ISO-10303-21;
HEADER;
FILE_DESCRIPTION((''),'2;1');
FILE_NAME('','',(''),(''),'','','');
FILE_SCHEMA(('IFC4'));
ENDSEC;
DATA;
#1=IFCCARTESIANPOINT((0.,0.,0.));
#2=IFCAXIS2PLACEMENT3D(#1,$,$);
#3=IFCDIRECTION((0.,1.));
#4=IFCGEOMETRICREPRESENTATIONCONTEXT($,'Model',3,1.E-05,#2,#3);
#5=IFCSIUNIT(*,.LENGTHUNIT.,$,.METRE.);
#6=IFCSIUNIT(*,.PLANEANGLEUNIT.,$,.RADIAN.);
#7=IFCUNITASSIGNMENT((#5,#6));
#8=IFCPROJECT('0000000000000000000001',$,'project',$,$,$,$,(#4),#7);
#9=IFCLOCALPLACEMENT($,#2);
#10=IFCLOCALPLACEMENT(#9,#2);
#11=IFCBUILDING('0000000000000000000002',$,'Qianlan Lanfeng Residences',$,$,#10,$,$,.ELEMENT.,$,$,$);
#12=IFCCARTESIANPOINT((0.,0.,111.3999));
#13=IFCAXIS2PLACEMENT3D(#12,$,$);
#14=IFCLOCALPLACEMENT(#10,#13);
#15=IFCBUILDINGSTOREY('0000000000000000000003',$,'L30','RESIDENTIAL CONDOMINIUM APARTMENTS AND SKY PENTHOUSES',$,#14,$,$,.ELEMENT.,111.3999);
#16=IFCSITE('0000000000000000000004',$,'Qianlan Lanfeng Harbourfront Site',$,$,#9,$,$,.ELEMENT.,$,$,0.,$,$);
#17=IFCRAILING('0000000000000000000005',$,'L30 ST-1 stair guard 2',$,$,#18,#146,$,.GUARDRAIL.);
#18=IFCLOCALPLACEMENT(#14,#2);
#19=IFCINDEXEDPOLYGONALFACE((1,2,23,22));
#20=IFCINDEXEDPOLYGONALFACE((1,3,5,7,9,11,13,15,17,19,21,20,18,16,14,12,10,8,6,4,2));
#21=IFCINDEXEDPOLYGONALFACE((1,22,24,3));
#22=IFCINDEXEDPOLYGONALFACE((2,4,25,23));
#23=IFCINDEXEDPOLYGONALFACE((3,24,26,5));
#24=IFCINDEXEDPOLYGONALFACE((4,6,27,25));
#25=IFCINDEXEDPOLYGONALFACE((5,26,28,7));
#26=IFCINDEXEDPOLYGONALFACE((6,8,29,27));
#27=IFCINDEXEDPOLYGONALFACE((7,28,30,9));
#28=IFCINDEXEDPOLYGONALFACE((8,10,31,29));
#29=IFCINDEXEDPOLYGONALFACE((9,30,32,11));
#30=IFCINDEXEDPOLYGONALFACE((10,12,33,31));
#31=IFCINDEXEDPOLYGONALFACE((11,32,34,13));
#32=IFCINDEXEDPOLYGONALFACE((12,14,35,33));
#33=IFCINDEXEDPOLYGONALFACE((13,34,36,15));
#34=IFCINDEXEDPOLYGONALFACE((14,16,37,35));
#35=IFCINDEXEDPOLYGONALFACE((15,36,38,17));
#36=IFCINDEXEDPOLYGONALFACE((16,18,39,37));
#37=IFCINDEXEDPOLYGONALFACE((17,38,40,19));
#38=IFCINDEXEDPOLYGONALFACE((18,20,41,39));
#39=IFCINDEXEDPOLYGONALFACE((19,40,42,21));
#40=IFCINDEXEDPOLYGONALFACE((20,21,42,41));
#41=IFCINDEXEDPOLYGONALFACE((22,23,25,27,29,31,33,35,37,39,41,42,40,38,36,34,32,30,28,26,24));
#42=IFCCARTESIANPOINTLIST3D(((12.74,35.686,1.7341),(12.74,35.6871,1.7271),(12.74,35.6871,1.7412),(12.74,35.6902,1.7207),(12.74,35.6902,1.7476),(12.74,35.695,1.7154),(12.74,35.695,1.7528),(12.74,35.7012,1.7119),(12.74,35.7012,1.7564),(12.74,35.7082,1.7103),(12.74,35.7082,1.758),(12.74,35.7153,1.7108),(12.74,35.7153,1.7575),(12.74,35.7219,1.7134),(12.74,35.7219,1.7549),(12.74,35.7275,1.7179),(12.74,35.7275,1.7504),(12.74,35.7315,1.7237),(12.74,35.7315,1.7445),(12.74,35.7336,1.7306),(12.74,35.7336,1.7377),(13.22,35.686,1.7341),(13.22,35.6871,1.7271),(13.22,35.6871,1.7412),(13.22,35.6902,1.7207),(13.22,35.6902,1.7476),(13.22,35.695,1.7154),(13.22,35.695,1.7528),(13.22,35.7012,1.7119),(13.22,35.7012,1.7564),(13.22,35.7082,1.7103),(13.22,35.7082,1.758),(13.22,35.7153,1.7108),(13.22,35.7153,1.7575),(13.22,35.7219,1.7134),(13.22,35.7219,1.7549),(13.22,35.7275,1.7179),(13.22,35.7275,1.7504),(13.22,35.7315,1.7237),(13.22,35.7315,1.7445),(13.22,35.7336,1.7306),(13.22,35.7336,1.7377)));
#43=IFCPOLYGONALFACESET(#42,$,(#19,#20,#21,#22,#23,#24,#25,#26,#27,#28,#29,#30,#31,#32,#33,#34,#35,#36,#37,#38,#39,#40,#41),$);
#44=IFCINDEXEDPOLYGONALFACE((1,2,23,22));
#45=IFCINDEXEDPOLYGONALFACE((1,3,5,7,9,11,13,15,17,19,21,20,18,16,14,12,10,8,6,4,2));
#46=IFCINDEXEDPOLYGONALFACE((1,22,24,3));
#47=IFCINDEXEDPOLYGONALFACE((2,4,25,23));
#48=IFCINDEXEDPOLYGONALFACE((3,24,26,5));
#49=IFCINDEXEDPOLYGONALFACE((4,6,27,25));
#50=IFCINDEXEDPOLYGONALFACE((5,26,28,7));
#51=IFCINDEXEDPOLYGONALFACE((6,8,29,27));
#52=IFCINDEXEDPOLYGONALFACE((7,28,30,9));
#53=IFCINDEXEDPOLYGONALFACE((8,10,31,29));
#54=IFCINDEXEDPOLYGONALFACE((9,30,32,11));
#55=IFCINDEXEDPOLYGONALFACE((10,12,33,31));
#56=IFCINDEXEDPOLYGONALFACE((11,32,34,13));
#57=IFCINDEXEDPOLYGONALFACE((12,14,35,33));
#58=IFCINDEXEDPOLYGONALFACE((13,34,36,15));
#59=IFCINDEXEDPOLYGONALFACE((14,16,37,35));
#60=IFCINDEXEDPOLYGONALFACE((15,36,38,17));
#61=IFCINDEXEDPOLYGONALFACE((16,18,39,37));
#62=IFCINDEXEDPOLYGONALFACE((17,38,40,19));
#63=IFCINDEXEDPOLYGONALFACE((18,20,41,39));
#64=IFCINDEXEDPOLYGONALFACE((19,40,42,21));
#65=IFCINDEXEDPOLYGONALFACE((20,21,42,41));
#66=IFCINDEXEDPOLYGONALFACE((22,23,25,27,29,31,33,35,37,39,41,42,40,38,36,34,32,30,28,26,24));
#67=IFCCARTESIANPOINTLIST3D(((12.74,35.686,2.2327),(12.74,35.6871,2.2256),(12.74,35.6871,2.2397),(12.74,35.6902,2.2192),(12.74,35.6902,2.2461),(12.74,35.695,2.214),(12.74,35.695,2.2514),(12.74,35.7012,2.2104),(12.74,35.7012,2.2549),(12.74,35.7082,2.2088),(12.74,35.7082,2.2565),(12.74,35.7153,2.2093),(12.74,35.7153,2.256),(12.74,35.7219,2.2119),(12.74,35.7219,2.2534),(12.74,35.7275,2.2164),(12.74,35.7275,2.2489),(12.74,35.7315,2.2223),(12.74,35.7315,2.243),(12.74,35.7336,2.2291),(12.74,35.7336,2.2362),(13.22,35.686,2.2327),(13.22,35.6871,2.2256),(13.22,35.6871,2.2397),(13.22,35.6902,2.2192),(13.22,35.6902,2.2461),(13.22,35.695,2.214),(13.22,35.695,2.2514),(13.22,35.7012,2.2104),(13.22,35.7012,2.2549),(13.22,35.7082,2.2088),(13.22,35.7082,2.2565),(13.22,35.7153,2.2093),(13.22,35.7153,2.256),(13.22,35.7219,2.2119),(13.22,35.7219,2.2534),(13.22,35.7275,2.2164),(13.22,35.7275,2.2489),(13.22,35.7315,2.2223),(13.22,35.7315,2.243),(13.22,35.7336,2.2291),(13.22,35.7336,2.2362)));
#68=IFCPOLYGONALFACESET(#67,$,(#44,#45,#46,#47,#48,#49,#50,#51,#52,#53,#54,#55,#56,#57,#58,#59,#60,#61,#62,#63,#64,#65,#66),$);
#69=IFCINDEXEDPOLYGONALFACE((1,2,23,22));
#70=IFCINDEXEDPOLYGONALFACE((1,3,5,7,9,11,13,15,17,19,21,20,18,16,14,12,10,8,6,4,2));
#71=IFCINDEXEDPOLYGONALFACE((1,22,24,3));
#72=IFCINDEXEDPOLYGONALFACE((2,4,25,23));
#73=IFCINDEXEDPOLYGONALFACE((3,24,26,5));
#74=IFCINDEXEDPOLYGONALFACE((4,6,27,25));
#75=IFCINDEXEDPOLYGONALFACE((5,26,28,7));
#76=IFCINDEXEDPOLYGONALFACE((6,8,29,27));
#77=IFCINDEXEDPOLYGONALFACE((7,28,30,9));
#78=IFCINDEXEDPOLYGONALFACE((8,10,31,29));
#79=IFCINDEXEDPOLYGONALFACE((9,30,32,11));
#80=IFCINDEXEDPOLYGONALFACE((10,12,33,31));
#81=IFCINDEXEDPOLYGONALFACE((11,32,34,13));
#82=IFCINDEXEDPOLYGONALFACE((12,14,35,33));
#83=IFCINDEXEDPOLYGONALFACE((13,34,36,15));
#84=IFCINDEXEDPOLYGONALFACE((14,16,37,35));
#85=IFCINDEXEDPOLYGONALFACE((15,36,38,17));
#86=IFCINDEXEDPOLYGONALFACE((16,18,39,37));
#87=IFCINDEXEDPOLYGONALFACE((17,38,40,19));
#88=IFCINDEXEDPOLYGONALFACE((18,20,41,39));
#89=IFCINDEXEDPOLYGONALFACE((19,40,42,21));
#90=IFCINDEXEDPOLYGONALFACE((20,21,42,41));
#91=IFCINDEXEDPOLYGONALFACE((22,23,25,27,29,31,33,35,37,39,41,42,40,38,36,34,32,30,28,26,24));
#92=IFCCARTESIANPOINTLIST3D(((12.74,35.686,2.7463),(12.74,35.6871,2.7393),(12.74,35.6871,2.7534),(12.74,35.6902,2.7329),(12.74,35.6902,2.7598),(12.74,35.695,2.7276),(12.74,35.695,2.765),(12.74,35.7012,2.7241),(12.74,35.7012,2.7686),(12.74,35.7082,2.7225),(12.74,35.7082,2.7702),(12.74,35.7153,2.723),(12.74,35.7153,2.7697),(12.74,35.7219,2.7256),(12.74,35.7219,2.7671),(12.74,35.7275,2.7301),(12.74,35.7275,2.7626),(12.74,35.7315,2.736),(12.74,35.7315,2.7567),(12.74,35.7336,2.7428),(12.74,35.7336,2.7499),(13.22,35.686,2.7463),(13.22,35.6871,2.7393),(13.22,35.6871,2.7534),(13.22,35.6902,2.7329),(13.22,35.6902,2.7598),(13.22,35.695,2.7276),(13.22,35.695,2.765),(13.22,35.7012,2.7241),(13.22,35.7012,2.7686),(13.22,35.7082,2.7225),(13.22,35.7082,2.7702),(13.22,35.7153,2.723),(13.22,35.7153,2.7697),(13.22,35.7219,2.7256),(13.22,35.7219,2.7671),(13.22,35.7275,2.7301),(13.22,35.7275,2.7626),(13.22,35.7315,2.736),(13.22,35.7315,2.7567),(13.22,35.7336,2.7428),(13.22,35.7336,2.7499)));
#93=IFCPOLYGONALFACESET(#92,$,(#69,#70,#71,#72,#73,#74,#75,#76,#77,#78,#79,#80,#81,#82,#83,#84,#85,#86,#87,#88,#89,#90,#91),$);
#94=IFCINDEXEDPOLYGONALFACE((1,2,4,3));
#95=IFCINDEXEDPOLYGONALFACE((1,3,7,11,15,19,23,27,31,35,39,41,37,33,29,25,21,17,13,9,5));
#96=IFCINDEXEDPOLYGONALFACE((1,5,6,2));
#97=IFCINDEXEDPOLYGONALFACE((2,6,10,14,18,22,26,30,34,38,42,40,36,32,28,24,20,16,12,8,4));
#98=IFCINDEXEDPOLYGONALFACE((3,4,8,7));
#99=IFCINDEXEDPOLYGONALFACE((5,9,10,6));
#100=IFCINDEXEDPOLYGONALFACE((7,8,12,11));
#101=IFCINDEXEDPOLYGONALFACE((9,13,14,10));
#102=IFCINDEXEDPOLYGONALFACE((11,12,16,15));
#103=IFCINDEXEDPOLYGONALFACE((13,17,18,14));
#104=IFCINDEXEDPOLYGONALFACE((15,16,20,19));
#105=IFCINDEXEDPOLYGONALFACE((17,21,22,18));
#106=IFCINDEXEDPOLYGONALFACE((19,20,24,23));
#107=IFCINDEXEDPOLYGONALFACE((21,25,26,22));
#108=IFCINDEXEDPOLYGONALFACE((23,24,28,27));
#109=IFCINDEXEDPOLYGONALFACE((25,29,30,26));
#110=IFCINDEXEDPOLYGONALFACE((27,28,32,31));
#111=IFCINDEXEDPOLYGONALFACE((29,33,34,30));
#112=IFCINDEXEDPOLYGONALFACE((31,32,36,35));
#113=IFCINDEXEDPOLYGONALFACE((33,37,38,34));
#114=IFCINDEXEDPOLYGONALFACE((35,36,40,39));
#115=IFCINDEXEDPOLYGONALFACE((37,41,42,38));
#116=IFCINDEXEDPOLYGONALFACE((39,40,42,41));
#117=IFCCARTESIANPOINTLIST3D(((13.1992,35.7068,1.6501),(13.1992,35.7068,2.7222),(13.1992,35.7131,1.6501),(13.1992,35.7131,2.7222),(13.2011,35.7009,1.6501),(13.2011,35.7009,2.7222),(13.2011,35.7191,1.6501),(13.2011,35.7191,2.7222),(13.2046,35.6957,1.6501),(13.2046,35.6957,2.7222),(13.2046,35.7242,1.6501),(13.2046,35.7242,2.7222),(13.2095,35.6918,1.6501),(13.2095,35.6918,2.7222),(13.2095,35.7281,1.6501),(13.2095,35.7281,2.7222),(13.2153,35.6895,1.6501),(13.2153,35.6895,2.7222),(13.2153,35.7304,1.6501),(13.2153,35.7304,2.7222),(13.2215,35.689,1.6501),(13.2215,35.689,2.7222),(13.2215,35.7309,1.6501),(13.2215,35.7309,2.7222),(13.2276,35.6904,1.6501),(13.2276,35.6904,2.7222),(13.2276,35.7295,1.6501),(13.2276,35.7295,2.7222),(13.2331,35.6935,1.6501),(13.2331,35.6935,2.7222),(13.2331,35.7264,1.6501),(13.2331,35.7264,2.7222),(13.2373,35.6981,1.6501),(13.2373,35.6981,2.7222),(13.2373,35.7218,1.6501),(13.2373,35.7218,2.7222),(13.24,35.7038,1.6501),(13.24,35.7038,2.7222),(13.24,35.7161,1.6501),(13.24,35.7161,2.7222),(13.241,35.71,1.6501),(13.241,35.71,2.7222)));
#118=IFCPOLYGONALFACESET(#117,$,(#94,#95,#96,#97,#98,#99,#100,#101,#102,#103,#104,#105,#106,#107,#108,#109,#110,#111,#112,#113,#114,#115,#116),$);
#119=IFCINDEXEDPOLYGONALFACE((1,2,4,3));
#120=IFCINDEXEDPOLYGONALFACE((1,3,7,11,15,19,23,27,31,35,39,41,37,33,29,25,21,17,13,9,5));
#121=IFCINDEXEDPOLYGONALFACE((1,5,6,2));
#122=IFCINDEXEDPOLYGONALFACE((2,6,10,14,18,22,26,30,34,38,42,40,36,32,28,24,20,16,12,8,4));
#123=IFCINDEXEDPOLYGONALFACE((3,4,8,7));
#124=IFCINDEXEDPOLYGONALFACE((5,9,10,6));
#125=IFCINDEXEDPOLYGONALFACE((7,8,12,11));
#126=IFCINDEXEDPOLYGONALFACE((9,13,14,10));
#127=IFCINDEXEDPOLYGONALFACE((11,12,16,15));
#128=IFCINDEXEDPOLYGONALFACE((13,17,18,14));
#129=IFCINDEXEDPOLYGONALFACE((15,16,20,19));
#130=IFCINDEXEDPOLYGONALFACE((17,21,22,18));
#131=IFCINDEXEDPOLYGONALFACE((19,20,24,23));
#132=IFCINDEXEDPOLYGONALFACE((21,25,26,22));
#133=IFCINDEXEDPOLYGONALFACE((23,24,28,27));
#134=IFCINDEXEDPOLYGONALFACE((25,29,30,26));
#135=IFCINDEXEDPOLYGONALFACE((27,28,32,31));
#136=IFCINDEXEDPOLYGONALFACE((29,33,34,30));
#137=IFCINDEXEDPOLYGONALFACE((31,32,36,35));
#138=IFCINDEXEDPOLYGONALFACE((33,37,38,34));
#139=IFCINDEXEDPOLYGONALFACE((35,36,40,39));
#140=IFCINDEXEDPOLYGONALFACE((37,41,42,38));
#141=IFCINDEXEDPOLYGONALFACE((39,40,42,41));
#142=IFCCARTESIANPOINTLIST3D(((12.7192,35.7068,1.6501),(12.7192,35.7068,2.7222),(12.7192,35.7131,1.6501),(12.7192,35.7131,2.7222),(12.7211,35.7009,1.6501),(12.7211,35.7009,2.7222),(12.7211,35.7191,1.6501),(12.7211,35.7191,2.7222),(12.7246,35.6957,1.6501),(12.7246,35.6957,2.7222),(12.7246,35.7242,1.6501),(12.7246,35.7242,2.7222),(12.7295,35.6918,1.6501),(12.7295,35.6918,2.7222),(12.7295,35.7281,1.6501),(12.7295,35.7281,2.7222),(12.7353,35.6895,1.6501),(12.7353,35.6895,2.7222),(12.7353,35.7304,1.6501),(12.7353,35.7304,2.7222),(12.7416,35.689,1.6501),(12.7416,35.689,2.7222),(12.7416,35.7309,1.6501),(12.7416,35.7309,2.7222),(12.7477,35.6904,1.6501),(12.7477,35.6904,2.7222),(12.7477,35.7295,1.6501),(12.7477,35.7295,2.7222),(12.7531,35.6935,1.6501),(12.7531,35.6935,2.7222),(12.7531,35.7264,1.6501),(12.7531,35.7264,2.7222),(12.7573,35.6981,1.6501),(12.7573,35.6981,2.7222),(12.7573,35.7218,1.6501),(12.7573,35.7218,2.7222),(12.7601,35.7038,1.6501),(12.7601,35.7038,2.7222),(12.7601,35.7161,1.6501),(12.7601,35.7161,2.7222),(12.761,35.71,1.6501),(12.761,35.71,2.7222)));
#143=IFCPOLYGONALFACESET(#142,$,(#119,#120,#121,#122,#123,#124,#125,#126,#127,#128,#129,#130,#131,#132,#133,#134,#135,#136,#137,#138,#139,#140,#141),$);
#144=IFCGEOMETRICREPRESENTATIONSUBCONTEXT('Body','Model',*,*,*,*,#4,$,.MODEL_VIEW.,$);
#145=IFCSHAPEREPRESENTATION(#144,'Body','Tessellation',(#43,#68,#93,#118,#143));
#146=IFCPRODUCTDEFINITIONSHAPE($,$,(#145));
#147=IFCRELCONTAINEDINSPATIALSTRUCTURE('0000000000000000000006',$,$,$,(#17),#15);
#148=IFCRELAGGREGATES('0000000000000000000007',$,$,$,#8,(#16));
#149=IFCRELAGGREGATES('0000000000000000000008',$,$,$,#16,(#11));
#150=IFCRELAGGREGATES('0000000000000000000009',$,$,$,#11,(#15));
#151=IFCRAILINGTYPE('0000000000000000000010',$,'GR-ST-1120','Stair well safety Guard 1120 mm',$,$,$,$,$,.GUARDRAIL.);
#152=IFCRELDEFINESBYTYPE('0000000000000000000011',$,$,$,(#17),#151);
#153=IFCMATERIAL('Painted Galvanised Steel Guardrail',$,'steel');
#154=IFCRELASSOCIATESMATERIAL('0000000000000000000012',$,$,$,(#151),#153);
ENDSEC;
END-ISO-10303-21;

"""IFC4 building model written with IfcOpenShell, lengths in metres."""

from ifc_helpers import new_model, si_unit, direction, frame, origin, origin_2d, place, context, subcontext, project, spatial, circle, extrude, material, type_object, element, save


model = new_model("IFC4")

# Units and contexts
model_context = context("Model", 3, precision=1e-05, world=origin(), true_north=direction((0.0, 1.0)))
body_context = subcontext(model_context, "Body", "Model", "MODEL_VIEW")
ifc_project = project(units=[si_unit("LENGTHUNIT", "METRE"), si_unit("PLANEANGLEUNIT", "RADIAN")], contexts=[model_context])

# Site, building, storey
site_placement = place(None, origin())
site = spatial("IfcSite", under=ifc_project, at=site_placement, Name="Qianlan Lanfeng Harbourfront Site", CompositionType="ELEMENT", RefElevation=0.0)
building_placement = place(site_placement, origin())
building = spatial("IfcBuilding", under=site, at=building_placement, Name="Qianlan Lanfeng Residences", CompositionType="ELEMENT")
storey_placement = place(building_placement, frame((0.0, 0.0, 111.3999)))
storey = spatial("IfcBuildingStorey", under=building, at=storey_placement, Name="L30", Description="RESIDENTIAL CONDOMINIUM APARTMENTS AND SKY PENTHOUSES", CompositionType="ELEMENT", Elevation=111.3999)

# Railing
ifc_material_1 = material(Name="Painted Galvanised Steel Guardrail", Category="steel")
railing_type_1 = type_object("IfcRailingType", Name="GR-ST-1120", Description="Stair well safety Guard 1120 mm", PredefinedType="GUARDRAIL", material=ifc_material_1)
railing_1_placement = place(storey_placement, frame((13.22, 35.71, 1.6501)))
element("IfcRailing", 1, at=railing_1_placement, inside=storey, type_object=railing_type_1, Name="L30 ST-1 stair guard 2", PredefinedType="GUARDRAIL", context=body_context, shape_type="SweptSolid", body=[
    extrude(circle(Radius=0.0239, at=origin_2d()), frame((0.0, 0.0, 0.084), z_axis=(-1.0, 0.0, 0.0), x_axis=(0.0, -1.0, 0.0)), (0.0, 0.0, 1.0), 0.48),
    extrude(circle(Radius=0.0239, at=origin_2d()), frame((0.0, 0.0, 0.5825), z_axis=(-1.0, 0.0, 0.0), x_axis=(0.0, -1.0, 0.0)), (0.0, 0.0, 1.0), 0.48),
    extrude(circle(Radius=0.0239, at=origin_2d()), frame((0.0, 0.0, 1.0962), z_axis=(-1.0, 0.0, 0.0), x_axis=(0.0, -1.0, 0.0)), (0.0, 0.0, 1.0), 0.48),
    extrude(circle(Radius=0.021, at=origin_2d()), origin(), (0.0, 0.0, 1.0), 1.072),
    extrude(circle(Radius=0.021, at=origin_2d()), frame((-0.48, 0.0, 0.0)), (0.0, 0.0, 1.0), 1.072),
])

save(model, "model.ifc")
